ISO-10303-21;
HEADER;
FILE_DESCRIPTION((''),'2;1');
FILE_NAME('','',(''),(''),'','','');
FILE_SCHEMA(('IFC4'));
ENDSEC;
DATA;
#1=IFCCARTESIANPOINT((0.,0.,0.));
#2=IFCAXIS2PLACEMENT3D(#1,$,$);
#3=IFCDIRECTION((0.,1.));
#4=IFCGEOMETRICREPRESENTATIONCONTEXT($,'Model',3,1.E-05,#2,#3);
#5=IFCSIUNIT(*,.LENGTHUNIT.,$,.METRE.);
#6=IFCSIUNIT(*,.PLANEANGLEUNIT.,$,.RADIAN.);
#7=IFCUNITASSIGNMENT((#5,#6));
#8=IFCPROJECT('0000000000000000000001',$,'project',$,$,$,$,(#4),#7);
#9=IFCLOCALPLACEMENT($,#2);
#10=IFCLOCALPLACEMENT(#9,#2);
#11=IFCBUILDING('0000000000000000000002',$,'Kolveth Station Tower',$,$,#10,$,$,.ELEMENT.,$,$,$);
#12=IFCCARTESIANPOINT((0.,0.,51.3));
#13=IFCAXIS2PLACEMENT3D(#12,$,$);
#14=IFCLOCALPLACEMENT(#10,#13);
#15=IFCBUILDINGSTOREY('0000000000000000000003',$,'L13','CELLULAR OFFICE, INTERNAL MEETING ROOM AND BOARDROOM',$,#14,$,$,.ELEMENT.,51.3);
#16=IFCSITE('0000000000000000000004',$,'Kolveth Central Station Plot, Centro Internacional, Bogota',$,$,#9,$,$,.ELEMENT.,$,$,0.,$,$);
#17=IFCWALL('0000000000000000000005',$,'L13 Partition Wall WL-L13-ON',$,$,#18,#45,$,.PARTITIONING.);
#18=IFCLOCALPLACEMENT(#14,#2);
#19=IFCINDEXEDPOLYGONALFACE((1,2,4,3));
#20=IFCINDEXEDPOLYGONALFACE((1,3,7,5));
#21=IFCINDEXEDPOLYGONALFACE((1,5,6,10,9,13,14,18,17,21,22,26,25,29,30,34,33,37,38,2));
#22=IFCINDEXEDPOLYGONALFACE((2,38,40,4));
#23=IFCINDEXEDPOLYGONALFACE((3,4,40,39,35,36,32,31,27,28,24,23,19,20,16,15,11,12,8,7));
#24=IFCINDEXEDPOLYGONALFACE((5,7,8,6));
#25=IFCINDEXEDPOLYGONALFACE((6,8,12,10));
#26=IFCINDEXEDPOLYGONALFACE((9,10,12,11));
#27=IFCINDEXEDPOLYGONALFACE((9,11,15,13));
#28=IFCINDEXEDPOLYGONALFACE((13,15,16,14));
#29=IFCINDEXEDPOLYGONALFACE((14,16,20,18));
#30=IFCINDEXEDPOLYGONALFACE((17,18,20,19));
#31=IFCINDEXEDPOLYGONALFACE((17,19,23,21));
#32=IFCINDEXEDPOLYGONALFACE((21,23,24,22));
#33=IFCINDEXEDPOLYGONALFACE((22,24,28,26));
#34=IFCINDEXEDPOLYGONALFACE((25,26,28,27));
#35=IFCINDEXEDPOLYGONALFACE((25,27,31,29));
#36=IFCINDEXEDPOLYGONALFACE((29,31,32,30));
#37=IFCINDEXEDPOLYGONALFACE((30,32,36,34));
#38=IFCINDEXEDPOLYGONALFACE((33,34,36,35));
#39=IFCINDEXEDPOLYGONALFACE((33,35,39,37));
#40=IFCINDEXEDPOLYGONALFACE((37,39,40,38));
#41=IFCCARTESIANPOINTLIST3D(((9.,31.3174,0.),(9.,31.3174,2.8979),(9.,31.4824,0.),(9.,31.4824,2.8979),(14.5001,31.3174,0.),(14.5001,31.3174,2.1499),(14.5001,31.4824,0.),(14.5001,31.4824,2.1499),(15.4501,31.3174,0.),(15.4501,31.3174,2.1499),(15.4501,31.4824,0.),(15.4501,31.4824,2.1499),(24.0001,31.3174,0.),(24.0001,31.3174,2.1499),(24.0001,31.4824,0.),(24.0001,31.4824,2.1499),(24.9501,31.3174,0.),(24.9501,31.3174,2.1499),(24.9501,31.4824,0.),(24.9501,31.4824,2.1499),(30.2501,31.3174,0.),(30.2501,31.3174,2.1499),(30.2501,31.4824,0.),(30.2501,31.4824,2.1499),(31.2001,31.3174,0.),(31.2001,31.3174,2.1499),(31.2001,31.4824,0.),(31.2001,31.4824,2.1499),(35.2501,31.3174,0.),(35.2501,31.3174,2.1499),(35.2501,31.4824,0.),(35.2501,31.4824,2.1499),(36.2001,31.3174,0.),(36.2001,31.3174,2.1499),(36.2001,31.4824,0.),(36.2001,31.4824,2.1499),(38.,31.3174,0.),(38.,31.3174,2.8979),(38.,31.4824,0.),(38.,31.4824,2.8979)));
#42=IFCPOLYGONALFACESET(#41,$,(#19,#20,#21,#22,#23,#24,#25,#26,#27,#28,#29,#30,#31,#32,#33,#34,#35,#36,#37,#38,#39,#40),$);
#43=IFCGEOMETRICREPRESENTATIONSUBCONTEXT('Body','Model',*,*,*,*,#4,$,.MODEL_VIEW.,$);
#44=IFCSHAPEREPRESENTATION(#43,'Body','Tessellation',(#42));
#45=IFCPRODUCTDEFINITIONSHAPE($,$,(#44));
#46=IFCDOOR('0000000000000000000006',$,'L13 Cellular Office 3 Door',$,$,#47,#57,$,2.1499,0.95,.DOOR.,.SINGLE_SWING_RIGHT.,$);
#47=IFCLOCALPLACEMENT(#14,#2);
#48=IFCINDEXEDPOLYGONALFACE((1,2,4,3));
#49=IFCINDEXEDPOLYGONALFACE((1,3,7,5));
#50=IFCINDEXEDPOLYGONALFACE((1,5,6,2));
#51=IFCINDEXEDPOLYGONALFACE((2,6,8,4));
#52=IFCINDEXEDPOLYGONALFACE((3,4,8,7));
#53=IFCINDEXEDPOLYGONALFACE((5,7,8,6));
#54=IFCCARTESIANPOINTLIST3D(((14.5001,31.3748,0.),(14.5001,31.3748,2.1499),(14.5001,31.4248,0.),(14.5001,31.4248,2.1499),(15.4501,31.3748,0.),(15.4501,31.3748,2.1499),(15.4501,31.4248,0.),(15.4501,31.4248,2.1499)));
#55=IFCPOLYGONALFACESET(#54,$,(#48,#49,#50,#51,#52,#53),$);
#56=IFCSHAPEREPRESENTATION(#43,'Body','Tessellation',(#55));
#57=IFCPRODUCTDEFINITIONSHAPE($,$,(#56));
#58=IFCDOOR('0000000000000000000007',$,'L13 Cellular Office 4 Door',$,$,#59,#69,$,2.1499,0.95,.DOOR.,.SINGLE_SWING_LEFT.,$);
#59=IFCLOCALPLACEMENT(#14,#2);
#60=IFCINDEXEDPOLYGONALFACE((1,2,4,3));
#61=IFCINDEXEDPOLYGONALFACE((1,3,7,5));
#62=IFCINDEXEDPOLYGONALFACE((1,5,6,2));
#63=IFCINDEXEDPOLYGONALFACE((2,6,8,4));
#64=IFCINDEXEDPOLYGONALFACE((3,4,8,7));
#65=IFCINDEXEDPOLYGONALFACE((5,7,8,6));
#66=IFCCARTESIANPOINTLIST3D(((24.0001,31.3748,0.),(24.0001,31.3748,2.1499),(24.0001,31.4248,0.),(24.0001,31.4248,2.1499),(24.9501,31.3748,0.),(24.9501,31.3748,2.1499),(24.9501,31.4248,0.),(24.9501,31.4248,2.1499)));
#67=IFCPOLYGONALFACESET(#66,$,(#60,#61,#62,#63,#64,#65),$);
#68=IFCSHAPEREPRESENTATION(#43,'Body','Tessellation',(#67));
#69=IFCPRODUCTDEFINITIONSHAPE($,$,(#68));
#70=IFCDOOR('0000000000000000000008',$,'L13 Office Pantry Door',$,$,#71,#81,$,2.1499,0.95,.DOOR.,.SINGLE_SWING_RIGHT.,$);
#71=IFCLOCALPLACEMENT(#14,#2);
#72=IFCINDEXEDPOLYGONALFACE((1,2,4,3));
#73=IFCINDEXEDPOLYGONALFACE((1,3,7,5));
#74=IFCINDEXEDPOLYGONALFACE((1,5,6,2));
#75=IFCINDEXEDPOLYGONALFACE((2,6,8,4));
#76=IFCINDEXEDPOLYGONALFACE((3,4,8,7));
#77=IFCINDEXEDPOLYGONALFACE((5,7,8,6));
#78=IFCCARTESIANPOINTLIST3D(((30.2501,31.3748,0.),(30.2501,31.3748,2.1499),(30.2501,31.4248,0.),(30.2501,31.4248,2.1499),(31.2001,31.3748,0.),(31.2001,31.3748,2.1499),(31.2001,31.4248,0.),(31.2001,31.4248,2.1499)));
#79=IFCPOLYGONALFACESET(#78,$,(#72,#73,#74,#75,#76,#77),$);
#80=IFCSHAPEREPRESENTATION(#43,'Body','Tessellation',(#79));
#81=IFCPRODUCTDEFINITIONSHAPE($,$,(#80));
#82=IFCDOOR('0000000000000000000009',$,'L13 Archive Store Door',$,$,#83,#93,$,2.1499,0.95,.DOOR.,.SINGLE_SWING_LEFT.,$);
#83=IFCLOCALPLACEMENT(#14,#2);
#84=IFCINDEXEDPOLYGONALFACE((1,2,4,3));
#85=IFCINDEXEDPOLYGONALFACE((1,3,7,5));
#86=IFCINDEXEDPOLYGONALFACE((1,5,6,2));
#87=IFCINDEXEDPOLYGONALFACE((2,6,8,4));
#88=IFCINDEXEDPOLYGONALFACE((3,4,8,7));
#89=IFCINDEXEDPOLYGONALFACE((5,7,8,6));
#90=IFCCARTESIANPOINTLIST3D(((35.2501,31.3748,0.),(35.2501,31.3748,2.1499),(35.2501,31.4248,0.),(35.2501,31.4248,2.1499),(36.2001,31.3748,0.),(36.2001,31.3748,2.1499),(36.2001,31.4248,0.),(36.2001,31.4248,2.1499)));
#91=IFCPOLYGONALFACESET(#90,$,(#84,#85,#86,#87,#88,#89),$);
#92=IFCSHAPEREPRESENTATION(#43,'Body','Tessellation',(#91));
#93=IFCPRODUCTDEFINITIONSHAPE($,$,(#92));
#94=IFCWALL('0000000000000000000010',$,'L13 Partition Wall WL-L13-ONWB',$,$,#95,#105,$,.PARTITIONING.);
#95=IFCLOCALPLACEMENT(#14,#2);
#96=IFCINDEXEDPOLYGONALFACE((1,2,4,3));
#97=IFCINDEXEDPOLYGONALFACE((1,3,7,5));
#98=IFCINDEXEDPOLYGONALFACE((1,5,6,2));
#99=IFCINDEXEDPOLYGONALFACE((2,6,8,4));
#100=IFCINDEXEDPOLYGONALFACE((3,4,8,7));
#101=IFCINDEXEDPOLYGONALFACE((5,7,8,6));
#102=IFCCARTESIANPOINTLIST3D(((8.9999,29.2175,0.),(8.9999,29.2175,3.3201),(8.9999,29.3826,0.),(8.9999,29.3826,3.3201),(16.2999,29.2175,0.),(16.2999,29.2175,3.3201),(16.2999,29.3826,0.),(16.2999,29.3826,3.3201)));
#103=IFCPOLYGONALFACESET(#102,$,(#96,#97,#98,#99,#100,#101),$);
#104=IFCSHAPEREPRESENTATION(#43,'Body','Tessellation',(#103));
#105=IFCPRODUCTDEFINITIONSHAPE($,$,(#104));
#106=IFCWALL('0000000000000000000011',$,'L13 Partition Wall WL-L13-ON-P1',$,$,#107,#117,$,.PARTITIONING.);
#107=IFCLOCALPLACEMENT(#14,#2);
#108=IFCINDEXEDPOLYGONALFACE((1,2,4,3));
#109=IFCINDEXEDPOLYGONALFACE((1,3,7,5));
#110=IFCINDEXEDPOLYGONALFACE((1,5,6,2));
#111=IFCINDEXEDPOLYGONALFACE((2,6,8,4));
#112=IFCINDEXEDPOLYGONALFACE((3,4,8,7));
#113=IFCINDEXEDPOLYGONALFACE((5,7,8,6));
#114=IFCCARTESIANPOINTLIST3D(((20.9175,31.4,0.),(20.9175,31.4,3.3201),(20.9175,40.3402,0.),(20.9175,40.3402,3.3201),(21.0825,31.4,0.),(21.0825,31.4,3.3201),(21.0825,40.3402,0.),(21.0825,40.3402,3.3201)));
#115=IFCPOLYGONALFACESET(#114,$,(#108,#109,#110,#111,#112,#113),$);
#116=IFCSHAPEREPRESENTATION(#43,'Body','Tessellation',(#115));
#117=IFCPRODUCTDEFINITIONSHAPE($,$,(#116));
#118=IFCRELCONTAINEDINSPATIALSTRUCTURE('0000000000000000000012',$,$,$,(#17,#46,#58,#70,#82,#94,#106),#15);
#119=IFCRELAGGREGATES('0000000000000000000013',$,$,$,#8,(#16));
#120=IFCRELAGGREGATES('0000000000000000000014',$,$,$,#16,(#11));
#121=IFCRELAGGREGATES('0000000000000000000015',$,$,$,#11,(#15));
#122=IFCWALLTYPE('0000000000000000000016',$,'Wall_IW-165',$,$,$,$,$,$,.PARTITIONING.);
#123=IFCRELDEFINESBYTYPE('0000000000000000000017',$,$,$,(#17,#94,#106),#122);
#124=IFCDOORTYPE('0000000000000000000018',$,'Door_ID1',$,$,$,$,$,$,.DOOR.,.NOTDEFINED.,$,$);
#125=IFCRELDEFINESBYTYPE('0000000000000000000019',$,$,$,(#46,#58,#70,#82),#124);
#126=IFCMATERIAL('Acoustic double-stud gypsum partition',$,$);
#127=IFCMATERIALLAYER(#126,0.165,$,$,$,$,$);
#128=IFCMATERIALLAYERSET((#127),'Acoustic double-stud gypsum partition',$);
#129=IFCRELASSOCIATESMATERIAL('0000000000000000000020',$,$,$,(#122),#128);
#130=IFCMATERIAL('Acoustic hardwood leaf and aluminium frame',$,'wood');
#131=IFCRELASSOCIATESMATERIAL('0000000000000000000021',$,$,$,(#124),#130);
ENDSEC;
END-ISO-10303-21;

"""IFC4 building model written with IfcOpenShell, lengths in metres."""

from ifc_helpers import new_model, si_unit, direction, frame, frame_2d, origin, place, context, subcontext, project, spatial, rectangle, extrude, material, layer, layer_set, type_object, element, fill, save


model = new_model("IFC4")

# Units and contexts
model_context = context("Model", 3, precision=1e-05, world=origin(), true_north=direction((0.0, 1.0)))
body_context = subcontext(model_context, "Body", "Model", "MODEL_VIEW")
ifc_project = project(units=[si_unit("LENGTHUNIT", "METRE"), si_unit("PLANEANGLEUNIT", "RADIAN")], contexts=[model_context])

# Site, building, storey
site_placement = place(None, origin())
site = spatial("IfcSite", under=ifc_project, at=site_placement, Name="Kolveth Central Station Plot, Centro Internacional, Bogota", CompositionType="ELEMENT", RefElevation=0.0)
building_placement = place(site_placement, origin())
building = spatial("IfcBuilding", under=site, at=building_placement, Name="Kolveth Station Tower", CompositionType="ELEMENT")
storey_placement = place(building_placement, frame((0.0, 0.0, 51.3)))
storey = spatial("IfcBuildingStorey", under=building, at=storey_placement, Name="L13", Description="CELLULAR OFFICE, INTERNAL MEETING ROOM AND BOARDROOM", CompositionType="ELEMENT", Elevation=51.3)

# Wall, openings, doors
ifc_material_1 = material(Name="Acoustic double-stud gypsum partition")
ifc_layer_1 = layer(ifc_material_1, 0.165)
ifc_layer_set_1 = layer_set([ifc_layer_1], Name="Acoustic double-stud gypsum partition")
wall_type = type_object("IfcWallType", Name="Wall_IW-165", PredefinedType="PARTITIONING", material=ifc_layer_set_1)
wall_1_placement = place(storey_placement, frame((9.0, 31.3999, 0.0), z_axis=(0.0, 0.0, 1.0), x_axis=(1.0, 0.0, 0.0)))
wall_1 = element("IfcWall", 1, at=wall_1_placement, inside=storey, type_object=wall_type, Name="L13 Partition Wall WL-L13-ON", PredefinedType="PARTITIONING", context=body_context, shape_type="SweptSolid", body=[
    extrude(rectangle(XDim=29.0, YDim=0.165, at=frame_2d((14.5, 0.0))), origin(), (0.0, 0.0, 1.0), 2.8979),
])
opening_1_placement = place(wall_1_placement, frame((5.5, 0.0, 0.0)))
opening_1 = element("IfcOpeningElement", 2, at=opening_1_placement, cuts=wall_1, PredefinedType="OPENING", context=body_context, shape_type="SweptSolid", body=[
    extrude(rectangle(XDim=0.95, YDim=2.1499, at=frame_2d((0.4751, 1.075))), frame((0.0, 0.0925, 0.0), z_axis=(0.0, -1.0, 0.0), x_axis=(1.0, 0.0, 0.0)), (0.0, 0.0, 1.0), 0.1851),
])
opening_2_placement = place(wall_1_placement, frame((15.0, 0.0, 0.0)))
opening_2 = element("IfcOpeningElement", 3, at=opening_2_placement, cuts=wall_1, PredefinedType="OPENING", context=body_context, shape_type="SweptSolid", body=[
    extrude(rectangle(XDim=0.95, YDim=2.1499, at=frame_2d((0.4751, 1.075))), frame((0.0, 0.0925, 0.0), z_axis=(0.0, -1.0, 0.0), x_axis=(1.0, 0.0, 0.0)), (0.0, 0.0, 1.0), 0.1851),
])
opening_3_placement = place(wall_1_placement, frame((21.25, 0.0, 0.0)))
opening_3 = element("IfcOpeningElement", 4, at=opening_3_placement, cuts=wall_1, PredefinedType="OPENING", context=body_context, shape_type="SweptSolid", body=[
    extrude(rectangle(XDim=0.95, YDim=2.1499, at=frame_2d((0.4751, 1.075))), frame((0.0, 0.0925, 0.0), z_axis=(0.0, -1.0, 0.0), x_axis=(1.0, 0.0, 0.0)), (0.0, 0.0, 1.0), 0.1851),
])
opening_4_placement = place(wall_1_placement, frame((26.25, 0.0, 0.0)))
opening_4 = element("IfcOpeningElement", 5, at=opening_4_placement, cuts=wall_1, PredefinedType="OPENING", context=body_context, shape_type="SweptSolid", body=[
    extrude(rectangle(XDim=0.95, YDim=2.1499, at=frame_2d((0.4751, 1.075))), frame((0.0, 0.0925, 0.0), z_axis=(0.0, -1.0, 0.0), x_axis=(1.0, 0.0, 0.0)), (0.0, 0.0, 1.0), 0.1851),
])
ifc_material_2 = material(Name="Acoustic hardwood leaf and aluminium frame", Category="wood")
door_type = type_object("IfcDoorType", Name="Door_ID1", OperationType="NOTDEFINED", PredefinedType="DOOR", material=ifc_material_2)
door_1_placement = place(opening_1_placement, origin())
door_1 = element("IfcDoor", 6, at=door_1_placement, inside=storey, type_object=door_type, Name="L13 Cellular Office 3 Door", OperationType="SINGLE_SWING_RIGHT", OverallHeight=2.1499, OverallWidth=0.95, PredefinedType="DOOR", context=body_context, shape_type="SweptSolid", body=[
    extrude(rectangle(XDim=0.95, YDim=2.1499, at=frame_2d((0.4751, 1.075))), frame((0.0, 0.0249, 0.0), z_axis=(0.0, -1.0, 0.0), x_axis=(1.0, 0.0, 0.0)), (0.0, 0.0, 1.0), 0.05),
])
fill(opening_1, door_1)
door_2_placement = place(opening_2_placement, origin())
door_2 = element("IfcDoor", 7, at=door_2_placement, inside=storey, type_object=door_type, Name="L13 Cellular Office 4 Door", OperationType="SINGLE_SWING_LEFT", OverallHeight=2.1499, OverallWidth=0.95, PredefinedType="DOOR", context=body_context, shape_type="SweptSolid", body=[
    extrude(rectangle(XDim=0.95, YDim=2.1499, at=frame_2d((0.4751, 1.075))), frame((0.0, 0.0249, 0.0), z_axis=(0.0, -1.0, 0.0), x_axis=(1.0, 0.0, 0.0)), (0.0, 0.0, 1.0), 0.05),
])
fill(opening_2, door_2)
door_3_placement = place(opening_3_placement, origin())
door_3 = element("IfcDoor", 8, at=door_3_placement, inside=storey, type_object=door_type, Name="L13 Office Pantry Door", OperationType="SINGLE_SWING_RIGHT", OverallHeight=2.1499, OverallWidth=0.95, PredefinedType="DOOR", context=body_context, shape_type="SweptSolid", body=[
    extrude(rectangle(XDim=0.95, YDim=2.1499, at=frame_2d((0.4751, 1.075))), frame((0.0, 0.0249, 0.0), z_axis=(0.0, -1.0, 0.0), x_axis=(1.0, 0.0, 0.0)), (0.0, 0.0, 1.0), 0.05),
])
fill(opening_3, door_3)
door_4_placement = place(opening_4_placement, origin())
door_4 = element("IfcDoor", 9, at=door_4_placement, inside=storey, type_object=door_type, Name="L13 Archive Store Door", OperationType="SINGLE_SWING_LEFT", OverallHeight=2.1499, OverallWidth=0.95, PredefinedType="DOOR", context=body_context, shape_type="SweptSolid", body=[
    extrude(rectangle(XDim=0.95, YDim=2.1499, at=frame_2d((0.4751, 1.075))), frame((0.0, 0.0249, 0.0), z_axis=(0.0, -1.0, 0.0), x_axis=(1.0, 0.0, 0.0)), (0.0, 0.0, 1.0), 0.05),
])
fill(opening_4, door_4)

# Walls
wall_2_placement = place(storey_placement, frame((9.0, 29.3, 0.0), z_axis=(0.0, 0.0, 1.0), x_axis=(1.0, 0.0, 0.0)))
element("IfcWall", 10, at=wall_2_placement, inside=storey, type_object=wall_type, Name="L13 Partition Wall WL-L13-ONWB", PredefinedType="PARTITIONING", context=body_context, shape_type="SweptSolid", body=[
    extrude(rectangle(XDim=7.3, YDim=0.165, at=frame_2d((3.6499, 0.0))), origin(), (0.0, 0.0, 1.0), 3.3201),
])
wall_3_placement = place(storey_placement, frame((21.0, 31.3999, 0.0), z_axis=(0.0, 0.0, 1.0), x_axis=(0.0, 1.0, 0.0)))
element("IfcWall", 11, at=wall_3_placement, inside=storey, type_object=wall_type, Name="L13 Partition Wall WL-L13-ON-P1", PredefinedType="PARTITIONING", context=body_context, shape_type="SweptSolid", body=[
    extrude(rectangle(XDim=8.9402, YDim=0.165, at=frame_2d((4.4702, 0.0))), origin(), (0.0, 0.0, 1.0), 3.3201),
])

save(model, "model.ifc")
